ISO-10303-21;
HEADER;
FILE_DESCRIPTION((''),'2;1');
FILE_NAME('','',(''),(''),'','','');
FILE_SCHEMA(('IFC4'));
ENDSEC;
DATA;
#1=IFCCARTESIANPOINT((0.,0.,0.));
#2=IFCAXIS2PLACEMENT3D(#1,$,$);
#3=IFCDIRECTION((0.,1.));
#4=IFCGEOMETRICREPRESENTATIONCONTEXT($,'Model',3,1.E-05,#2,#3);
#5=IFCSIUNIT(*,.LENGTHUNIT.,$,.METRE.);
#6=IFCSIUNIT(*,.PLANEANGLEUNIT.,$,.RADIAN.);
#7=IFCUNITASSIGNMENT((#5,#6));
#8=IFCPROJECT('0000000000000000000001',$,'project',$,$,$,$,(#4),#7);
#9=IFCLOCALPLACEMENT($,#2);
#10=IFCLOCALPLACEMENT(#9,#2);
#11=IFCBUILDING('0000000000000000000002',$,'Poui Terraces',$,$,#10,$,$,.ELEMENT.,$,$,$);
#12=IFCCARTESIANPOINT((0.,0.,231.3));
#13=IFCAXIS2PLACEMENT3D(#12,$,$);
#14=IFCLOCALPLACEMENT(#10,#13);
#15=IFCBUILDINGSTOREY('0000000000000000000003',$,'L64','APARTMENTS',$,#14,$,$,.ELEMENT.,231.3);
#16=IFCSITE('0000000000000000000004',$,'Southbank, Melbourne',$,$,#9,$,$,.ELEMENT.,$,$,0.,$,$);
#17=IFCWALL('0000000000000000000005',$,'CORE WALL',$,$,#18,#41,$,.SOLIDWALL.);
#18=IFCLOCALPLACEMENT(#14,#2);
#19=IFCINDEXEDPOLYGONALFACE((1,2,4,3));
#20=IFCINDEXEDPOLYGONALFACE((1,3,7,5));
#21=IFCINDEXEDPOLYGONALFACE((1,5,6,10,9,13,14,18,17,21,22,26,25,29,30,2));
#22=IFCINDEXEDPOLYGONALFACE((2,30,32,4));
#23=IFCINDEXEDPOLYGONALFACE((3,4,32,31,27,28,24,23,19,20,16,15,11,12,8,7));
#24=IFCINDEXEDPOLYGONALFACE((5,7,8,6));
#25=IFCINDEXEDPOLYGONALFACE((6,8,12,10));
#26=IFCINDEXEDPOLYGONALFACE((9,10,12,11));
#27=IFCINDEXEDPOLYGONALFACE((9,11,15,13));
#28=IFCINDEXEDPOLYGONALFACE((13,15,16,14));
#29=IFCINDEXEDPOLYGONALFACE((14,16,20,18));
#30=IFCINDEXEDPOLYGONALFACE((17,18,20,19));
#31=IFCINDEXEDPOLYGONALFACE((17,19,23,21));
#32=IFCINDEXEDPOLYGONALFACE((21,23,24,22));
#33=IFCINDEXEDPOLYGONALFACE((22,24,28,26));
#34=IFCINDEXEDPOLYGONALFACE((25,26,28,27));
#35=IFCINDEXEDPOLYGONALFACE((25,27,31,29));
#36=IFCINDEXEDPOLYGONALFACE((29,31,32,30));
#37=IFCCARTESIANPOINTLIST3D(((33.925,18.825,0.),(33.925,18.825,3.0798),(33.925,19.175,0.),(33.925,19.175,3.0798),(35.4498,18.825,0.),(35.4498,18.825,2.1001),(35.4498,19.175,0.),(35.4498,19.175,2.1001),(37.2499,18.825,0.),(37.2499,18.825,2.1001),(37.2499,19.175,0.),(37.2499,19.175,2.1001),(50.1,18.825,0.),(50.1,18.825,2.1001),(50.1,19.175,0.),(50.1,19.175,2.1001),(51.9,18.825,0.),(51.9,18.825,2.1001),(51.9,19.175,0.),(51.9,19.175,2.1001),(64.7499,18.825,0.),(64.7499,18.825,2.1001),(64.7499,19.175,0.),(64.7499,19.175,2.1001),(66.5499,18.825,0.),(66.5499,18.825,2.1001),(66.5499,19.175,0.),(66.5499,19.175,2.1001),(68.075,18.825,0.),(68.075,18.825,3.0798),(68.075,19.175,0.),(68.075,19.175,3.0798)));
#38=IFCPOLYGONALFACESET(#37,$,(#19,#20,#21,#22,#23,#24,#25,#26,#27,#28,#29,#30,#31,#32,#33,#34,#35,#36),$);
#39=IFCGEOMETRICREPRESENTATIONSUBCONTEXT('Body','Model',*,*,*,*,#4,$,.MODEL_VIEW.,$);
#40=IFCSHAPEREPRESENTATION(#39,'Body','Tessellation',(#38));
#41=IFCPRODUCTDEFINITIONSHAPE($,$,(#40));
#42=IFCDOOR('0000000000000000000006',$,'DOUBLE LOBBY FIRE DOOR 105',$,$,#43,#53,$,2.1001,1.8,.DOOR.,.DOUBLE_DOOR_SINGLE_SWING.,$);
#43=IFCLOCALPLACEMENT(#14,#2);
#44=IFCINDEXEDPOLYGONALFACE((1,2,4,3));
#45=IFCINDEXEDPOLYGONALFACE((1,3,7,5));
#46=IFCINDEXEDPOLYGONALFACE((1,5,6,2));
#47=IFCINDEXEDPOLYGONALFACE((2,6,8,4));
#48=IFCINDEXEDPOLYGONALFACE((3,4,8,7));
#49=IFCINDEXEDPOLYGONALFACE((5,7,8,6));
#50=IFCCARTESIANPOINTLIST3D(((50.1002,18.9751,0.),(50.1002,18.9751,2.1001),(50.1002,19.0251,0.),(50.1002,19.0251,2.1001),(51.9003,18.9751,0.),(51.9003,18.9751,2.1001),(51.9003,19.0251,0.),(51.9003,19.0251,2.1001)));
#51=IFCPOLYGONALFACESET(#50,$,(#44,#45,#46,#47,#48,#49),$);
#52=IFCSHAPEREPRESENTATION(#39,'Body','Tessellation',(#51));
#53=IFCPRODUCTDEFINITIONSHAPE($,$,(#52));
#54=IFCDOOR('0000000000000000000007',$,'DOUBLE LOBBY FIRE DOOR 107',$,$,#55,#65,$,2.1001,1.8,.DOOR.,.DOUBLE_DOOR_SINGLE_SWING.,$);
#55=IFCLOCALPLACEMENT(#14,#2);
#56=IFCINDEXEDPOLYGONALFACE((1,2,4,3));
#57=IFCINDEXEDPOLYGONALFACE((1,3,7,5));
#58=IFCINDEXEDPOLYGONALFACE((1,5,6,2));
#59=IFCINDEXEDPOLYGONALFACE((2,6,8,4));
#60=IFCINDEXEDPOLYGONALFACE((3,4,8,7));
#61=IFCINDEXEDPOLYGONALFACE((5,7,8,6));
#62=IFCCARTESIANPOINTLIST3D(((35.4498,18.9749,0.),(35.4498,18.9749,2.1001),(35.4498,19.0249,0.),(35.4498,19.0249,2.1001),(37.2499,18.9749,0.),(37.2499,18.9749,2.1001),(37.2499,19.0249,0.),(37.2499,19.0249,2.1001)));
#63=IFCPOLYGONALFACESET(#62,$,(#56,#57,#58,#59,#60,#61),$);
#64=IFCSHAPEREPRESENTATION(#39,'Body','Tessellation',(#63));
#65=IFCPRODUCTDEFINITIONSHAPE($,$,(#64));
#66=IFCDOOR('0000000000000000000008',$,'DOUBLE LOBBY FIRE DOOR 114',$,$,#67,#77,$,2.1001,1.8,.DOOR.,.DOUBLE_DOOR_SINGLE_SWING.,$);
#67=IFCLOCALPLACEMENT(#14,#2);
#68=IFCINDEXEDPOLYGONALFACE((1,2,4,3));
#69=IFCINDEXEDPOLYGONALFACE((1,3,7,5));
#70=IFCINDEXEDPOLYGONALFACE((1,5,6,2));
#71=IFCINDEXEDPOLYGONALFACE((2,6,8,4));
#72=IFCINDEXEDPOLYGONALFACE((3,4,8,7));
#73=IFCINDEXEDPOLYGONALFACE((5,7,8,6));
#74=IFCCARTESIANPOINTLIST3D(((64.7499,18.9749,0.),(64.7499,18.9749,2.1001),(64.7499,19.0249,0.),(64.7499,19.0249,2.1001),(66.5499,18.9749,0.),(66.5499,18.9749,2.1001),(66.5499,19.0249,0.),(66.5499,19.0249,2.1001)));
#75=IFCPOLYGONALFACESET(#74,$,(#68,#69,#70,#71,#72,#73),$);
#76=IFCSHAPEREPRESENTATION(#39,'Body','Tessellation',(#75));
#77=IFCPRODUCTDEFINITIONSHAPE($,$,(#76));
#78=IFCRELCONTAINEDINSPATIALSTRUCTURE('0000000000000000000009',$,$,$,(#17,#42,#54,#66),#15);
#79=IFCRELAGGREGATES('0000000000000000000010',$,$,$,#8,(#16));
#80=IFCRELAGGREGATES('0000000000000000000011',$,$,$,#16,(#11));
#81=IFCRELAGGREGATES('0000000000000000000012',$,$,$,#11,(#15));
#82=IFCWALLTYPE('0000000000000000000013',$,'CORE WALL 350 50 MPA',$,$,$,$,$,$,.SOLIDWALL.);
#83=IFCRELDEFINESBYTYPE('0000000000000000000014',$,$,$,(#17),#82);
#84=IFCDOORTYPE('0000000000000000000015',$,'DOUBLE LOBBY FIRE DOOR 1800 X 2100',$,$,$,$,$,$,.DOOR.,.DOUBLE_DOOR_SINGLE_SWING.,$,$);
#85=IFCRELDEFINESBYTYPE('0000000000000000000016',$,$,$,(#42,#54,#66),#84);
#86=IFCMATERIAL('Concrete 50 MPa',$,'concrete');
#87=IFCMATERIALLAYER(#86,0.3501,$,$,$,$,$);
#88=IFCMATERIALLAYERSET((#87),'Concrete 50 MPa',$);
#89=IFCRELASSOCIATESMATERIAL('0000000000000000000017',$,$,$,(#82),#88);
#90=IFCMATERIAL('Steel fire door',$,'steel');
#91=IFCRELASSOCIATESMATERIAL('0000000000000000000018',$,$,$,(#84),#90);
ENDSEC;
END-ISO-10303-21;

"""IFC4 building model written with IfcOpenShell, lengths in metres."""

from ifc_helpers import new_model, si_unit, direction, frame, frame_2d, origin, place, context, subcontext, project, spatial, rectangle, extrude, material, layer, layer_set, type_object, element, fill, save


model = new_model("IFC4")

# Units and contexts
model_context = context("Model", 3, precision=1e-05, world=origin(), true_north=direction((0.0, 1.0)))
body_context = subcontext(model_context, "Body", "Model", "MODEL_VIEW")
ifc_project = project(units=[si_unit("LENGTHUNIT", "METRE"), si_unit("PLANEANGLEUNIT", "RADIAN")], contexts=[model_context])

# Site, building, storey
site_placement = place(None, origin())
site = spatial("IfcSite", under=ifc_project, at=site_placement, Name="Southbank, Melbourne", CompositionType="ELEMENT", RefElevation=0.0)
building_placement = place(site_placement, origin())
building = spatial("IfcBuilding", under=site, at=building_placement, Name="Poui Terraces", CompositionType="ELEMENT")
storey_placement = place(building_placement, frame((0.0, 0.0, 231.3)))
storey = spatial("IfcBuildingStorey", under=building, at=storey_placement, Name="L64", Description="APARTMENTS", CompositionType="ELEMENT", Elevation=231.3)

# Wall, openings, doors
ifc_material_1 = material(Name="Concrete 50 MPa", Category="concrete")
ifc_layer_1 = layer(ifc_material_1, 0.3501)
ifc_layer_set_1 = layer_set([ifc_layer_1], Name="Concrete 50 MPa")
wall_type_1 = type_object("IfcWallType", Name="CORE WALL 350 50 MPA", PredefinedType="SOLIDWALL", material=ifc_layer_set_1)
wall_1_placement = place(storey_placement, frame((33.925, 19.0, 0.0), z_axis=(0.0, 0.0, 1.0), x_axis=(1.0, 0.0, 0.0)))
wall_1 = element("IfcWall", 1, at=wall_1_placement, inside=storey, type_object=wall_type_1, Name="CORE WALL", PredefinedType="SOLIDWALL", context=body_context, shape_type="SweptSolid", body=[
    extrude(rectangle(XDim=34.1499, YDim=0.3501, at=frame_2d((17.075, 0.0))), origin(), (0.0, 0.0, 1.0), 3.0798),
])
opening_1_placement = place(wall_1_placement, frame((16.175, 0.0, 0.0)))
opening_1 = element("IfcOpeningElement", 2, at=opening_1_placement, cuts=wall_1, PredefinedType="OPENING", context=body_context, shape_type="SweptSolid", body=[
    extrude(rectangle(XDim=1.8, YDim=2.1001, at=frame_2d((0.8999, 1.05))), frame((0.0, 0.1851, 0.0), z_axis=(0.0, -1.0, 0.0), x_axis=(1.0, 0.0, 0.0)), (0.0, 0.0, 1.0), 0.3701),
])
opening_2_placement = place(wall_1_placement, frame((1.5249, 0.0, 0.0)))
opening_2 = element("IfcOpeningElement", 3, at=opening_2_placement, cuts=wall_1, PredefinedType="OPENING", context=body_context, shape_type="SweptSolid", body=[
    extrude(rectangle(XDim=1.8, YDim=2.1001, at=frame_2d((0.8999, 1.05))), frame((0.0, 0.1851, 0.0), z_axis=(0.0, -1.0, 0.0), x_axis=(1.0, 0.0, 0.0)), (0.0, 0.0, 1.0), 0.3701),
])
opening_3_placement = place(wall_1_placement, frame((30.825, 0.0, 0.0)))
opening_3 = element("IfcOpeningElement", 4, at=opening_3_placement, cuts=wall_1, PredefinedType="OPENING", context=body_context, shape_type="SweptSolid", body=[
    extrude(rectangle(XDim=1.8, YDim=2.1001, at=frame_2d((0.8999, 1.05))), frame((0.0, 0.1851, 0.0), z_axis=(0.0, -1.0, 0.0), x_axis=(1.0, 0.0, 0.0)), (0.0, 0.0, 1.0), 0.3701),
])
ifc_material_2 = material(Name="Steel fire door", Category="steel")
door_type_1 = type_object("IfcDoorType", Name="DOUBLE LOBBY FIRE DOOR 1800 X 2100", OperationType="DOUBLE_DOOR_SINGLE_SWING", PredefinedType="DOOR", material=ifc_material_2)
door_1_placement = place(opening_1_placement, frame((1.8, 0.0, 0.0), z_axis=(0.0, 0.0, 1.0), x_axis=(-1.0, 0.0, 0.0)))
door_1 = element("IfcDoor", 5, at=door_1_placement, inside=storey, type_object=door_type_1, Name="DOUBLE LOBBY FIRE DOOR 105", OperationType="DOUBLE_DOOR_SINGLE_SWING", OverallHeight=2.1001, OverallWidth=1.8, PredefinedType="DOOR", context=body_context, shape_type="SweptSolid", body=[
    extrude(rectangle(XDim=1.8, YDim=2.1001, at=frame_2d((0.8999, 1.05))), frame((0.0, 0.0249, 0.0), z_axis=(0.0, -1.0, 0.0), x_axis=(1.0, 0.0, 0.0)), (0.0, 0.0, 1.0), 0.05),
])
fill(opening_1, door_1)
door_2_placement = place(opening_2_placement, origin())
door_2 = element("IfcDoor", 6, at=door_2_placement, inside=storey, type_object=door_type_1, Name="DOUBLE LOBBY FIRE DOOR 107", OperationType="DOUBLE_DOOR_SINGLE_SWING", OverallHeight=2.1001, OverallWidth=1.8, PredefinedType="DOOR", context=body_context, shape_type="SweptSolid", body=[
    extrude(rectangle(XDim=1.8, YDim=2.1001, at=frame_2d((0.8999, 1.05))), frame((0.0, 0.0249, 0.0), z_axis=(0.0, -1.0, 0.0), x_axis=(1.0, 0.0, 0.0)), (0.0, 0.0, 1.0), 0.05),
])
fill(opening_2, door_2)
door_3_placement = place(opening_3_placement, origin())
door_3 = element("IfcDoor", 7, at=door_3_placement, inside=storey, type_object=door_type_1, Name="DOUBLE LOBBY FIRE DOOR 114", OperationType="DOUBLE_DOOR_SINGLE_SWING", OverallHeight=2.1001, OverallWidth=1.8, PredefinedType="DOOR", context=body_context, shape_type="SweptSolid", body=[
    extrude(rectangle(XDim=1.8, YDim=2.1001, at=frame_2d((0.8999, 1.05))), frame((0.0, 0.0249, 0.0), z_axis=(0.0, -1.0, 0.0), x_axis=(1.0, 0.0, 0.0)), (0.0, 0.0, 1.0), 0.05),
])
fill(opening_3, door_3)

save(model, "model.ifc")
